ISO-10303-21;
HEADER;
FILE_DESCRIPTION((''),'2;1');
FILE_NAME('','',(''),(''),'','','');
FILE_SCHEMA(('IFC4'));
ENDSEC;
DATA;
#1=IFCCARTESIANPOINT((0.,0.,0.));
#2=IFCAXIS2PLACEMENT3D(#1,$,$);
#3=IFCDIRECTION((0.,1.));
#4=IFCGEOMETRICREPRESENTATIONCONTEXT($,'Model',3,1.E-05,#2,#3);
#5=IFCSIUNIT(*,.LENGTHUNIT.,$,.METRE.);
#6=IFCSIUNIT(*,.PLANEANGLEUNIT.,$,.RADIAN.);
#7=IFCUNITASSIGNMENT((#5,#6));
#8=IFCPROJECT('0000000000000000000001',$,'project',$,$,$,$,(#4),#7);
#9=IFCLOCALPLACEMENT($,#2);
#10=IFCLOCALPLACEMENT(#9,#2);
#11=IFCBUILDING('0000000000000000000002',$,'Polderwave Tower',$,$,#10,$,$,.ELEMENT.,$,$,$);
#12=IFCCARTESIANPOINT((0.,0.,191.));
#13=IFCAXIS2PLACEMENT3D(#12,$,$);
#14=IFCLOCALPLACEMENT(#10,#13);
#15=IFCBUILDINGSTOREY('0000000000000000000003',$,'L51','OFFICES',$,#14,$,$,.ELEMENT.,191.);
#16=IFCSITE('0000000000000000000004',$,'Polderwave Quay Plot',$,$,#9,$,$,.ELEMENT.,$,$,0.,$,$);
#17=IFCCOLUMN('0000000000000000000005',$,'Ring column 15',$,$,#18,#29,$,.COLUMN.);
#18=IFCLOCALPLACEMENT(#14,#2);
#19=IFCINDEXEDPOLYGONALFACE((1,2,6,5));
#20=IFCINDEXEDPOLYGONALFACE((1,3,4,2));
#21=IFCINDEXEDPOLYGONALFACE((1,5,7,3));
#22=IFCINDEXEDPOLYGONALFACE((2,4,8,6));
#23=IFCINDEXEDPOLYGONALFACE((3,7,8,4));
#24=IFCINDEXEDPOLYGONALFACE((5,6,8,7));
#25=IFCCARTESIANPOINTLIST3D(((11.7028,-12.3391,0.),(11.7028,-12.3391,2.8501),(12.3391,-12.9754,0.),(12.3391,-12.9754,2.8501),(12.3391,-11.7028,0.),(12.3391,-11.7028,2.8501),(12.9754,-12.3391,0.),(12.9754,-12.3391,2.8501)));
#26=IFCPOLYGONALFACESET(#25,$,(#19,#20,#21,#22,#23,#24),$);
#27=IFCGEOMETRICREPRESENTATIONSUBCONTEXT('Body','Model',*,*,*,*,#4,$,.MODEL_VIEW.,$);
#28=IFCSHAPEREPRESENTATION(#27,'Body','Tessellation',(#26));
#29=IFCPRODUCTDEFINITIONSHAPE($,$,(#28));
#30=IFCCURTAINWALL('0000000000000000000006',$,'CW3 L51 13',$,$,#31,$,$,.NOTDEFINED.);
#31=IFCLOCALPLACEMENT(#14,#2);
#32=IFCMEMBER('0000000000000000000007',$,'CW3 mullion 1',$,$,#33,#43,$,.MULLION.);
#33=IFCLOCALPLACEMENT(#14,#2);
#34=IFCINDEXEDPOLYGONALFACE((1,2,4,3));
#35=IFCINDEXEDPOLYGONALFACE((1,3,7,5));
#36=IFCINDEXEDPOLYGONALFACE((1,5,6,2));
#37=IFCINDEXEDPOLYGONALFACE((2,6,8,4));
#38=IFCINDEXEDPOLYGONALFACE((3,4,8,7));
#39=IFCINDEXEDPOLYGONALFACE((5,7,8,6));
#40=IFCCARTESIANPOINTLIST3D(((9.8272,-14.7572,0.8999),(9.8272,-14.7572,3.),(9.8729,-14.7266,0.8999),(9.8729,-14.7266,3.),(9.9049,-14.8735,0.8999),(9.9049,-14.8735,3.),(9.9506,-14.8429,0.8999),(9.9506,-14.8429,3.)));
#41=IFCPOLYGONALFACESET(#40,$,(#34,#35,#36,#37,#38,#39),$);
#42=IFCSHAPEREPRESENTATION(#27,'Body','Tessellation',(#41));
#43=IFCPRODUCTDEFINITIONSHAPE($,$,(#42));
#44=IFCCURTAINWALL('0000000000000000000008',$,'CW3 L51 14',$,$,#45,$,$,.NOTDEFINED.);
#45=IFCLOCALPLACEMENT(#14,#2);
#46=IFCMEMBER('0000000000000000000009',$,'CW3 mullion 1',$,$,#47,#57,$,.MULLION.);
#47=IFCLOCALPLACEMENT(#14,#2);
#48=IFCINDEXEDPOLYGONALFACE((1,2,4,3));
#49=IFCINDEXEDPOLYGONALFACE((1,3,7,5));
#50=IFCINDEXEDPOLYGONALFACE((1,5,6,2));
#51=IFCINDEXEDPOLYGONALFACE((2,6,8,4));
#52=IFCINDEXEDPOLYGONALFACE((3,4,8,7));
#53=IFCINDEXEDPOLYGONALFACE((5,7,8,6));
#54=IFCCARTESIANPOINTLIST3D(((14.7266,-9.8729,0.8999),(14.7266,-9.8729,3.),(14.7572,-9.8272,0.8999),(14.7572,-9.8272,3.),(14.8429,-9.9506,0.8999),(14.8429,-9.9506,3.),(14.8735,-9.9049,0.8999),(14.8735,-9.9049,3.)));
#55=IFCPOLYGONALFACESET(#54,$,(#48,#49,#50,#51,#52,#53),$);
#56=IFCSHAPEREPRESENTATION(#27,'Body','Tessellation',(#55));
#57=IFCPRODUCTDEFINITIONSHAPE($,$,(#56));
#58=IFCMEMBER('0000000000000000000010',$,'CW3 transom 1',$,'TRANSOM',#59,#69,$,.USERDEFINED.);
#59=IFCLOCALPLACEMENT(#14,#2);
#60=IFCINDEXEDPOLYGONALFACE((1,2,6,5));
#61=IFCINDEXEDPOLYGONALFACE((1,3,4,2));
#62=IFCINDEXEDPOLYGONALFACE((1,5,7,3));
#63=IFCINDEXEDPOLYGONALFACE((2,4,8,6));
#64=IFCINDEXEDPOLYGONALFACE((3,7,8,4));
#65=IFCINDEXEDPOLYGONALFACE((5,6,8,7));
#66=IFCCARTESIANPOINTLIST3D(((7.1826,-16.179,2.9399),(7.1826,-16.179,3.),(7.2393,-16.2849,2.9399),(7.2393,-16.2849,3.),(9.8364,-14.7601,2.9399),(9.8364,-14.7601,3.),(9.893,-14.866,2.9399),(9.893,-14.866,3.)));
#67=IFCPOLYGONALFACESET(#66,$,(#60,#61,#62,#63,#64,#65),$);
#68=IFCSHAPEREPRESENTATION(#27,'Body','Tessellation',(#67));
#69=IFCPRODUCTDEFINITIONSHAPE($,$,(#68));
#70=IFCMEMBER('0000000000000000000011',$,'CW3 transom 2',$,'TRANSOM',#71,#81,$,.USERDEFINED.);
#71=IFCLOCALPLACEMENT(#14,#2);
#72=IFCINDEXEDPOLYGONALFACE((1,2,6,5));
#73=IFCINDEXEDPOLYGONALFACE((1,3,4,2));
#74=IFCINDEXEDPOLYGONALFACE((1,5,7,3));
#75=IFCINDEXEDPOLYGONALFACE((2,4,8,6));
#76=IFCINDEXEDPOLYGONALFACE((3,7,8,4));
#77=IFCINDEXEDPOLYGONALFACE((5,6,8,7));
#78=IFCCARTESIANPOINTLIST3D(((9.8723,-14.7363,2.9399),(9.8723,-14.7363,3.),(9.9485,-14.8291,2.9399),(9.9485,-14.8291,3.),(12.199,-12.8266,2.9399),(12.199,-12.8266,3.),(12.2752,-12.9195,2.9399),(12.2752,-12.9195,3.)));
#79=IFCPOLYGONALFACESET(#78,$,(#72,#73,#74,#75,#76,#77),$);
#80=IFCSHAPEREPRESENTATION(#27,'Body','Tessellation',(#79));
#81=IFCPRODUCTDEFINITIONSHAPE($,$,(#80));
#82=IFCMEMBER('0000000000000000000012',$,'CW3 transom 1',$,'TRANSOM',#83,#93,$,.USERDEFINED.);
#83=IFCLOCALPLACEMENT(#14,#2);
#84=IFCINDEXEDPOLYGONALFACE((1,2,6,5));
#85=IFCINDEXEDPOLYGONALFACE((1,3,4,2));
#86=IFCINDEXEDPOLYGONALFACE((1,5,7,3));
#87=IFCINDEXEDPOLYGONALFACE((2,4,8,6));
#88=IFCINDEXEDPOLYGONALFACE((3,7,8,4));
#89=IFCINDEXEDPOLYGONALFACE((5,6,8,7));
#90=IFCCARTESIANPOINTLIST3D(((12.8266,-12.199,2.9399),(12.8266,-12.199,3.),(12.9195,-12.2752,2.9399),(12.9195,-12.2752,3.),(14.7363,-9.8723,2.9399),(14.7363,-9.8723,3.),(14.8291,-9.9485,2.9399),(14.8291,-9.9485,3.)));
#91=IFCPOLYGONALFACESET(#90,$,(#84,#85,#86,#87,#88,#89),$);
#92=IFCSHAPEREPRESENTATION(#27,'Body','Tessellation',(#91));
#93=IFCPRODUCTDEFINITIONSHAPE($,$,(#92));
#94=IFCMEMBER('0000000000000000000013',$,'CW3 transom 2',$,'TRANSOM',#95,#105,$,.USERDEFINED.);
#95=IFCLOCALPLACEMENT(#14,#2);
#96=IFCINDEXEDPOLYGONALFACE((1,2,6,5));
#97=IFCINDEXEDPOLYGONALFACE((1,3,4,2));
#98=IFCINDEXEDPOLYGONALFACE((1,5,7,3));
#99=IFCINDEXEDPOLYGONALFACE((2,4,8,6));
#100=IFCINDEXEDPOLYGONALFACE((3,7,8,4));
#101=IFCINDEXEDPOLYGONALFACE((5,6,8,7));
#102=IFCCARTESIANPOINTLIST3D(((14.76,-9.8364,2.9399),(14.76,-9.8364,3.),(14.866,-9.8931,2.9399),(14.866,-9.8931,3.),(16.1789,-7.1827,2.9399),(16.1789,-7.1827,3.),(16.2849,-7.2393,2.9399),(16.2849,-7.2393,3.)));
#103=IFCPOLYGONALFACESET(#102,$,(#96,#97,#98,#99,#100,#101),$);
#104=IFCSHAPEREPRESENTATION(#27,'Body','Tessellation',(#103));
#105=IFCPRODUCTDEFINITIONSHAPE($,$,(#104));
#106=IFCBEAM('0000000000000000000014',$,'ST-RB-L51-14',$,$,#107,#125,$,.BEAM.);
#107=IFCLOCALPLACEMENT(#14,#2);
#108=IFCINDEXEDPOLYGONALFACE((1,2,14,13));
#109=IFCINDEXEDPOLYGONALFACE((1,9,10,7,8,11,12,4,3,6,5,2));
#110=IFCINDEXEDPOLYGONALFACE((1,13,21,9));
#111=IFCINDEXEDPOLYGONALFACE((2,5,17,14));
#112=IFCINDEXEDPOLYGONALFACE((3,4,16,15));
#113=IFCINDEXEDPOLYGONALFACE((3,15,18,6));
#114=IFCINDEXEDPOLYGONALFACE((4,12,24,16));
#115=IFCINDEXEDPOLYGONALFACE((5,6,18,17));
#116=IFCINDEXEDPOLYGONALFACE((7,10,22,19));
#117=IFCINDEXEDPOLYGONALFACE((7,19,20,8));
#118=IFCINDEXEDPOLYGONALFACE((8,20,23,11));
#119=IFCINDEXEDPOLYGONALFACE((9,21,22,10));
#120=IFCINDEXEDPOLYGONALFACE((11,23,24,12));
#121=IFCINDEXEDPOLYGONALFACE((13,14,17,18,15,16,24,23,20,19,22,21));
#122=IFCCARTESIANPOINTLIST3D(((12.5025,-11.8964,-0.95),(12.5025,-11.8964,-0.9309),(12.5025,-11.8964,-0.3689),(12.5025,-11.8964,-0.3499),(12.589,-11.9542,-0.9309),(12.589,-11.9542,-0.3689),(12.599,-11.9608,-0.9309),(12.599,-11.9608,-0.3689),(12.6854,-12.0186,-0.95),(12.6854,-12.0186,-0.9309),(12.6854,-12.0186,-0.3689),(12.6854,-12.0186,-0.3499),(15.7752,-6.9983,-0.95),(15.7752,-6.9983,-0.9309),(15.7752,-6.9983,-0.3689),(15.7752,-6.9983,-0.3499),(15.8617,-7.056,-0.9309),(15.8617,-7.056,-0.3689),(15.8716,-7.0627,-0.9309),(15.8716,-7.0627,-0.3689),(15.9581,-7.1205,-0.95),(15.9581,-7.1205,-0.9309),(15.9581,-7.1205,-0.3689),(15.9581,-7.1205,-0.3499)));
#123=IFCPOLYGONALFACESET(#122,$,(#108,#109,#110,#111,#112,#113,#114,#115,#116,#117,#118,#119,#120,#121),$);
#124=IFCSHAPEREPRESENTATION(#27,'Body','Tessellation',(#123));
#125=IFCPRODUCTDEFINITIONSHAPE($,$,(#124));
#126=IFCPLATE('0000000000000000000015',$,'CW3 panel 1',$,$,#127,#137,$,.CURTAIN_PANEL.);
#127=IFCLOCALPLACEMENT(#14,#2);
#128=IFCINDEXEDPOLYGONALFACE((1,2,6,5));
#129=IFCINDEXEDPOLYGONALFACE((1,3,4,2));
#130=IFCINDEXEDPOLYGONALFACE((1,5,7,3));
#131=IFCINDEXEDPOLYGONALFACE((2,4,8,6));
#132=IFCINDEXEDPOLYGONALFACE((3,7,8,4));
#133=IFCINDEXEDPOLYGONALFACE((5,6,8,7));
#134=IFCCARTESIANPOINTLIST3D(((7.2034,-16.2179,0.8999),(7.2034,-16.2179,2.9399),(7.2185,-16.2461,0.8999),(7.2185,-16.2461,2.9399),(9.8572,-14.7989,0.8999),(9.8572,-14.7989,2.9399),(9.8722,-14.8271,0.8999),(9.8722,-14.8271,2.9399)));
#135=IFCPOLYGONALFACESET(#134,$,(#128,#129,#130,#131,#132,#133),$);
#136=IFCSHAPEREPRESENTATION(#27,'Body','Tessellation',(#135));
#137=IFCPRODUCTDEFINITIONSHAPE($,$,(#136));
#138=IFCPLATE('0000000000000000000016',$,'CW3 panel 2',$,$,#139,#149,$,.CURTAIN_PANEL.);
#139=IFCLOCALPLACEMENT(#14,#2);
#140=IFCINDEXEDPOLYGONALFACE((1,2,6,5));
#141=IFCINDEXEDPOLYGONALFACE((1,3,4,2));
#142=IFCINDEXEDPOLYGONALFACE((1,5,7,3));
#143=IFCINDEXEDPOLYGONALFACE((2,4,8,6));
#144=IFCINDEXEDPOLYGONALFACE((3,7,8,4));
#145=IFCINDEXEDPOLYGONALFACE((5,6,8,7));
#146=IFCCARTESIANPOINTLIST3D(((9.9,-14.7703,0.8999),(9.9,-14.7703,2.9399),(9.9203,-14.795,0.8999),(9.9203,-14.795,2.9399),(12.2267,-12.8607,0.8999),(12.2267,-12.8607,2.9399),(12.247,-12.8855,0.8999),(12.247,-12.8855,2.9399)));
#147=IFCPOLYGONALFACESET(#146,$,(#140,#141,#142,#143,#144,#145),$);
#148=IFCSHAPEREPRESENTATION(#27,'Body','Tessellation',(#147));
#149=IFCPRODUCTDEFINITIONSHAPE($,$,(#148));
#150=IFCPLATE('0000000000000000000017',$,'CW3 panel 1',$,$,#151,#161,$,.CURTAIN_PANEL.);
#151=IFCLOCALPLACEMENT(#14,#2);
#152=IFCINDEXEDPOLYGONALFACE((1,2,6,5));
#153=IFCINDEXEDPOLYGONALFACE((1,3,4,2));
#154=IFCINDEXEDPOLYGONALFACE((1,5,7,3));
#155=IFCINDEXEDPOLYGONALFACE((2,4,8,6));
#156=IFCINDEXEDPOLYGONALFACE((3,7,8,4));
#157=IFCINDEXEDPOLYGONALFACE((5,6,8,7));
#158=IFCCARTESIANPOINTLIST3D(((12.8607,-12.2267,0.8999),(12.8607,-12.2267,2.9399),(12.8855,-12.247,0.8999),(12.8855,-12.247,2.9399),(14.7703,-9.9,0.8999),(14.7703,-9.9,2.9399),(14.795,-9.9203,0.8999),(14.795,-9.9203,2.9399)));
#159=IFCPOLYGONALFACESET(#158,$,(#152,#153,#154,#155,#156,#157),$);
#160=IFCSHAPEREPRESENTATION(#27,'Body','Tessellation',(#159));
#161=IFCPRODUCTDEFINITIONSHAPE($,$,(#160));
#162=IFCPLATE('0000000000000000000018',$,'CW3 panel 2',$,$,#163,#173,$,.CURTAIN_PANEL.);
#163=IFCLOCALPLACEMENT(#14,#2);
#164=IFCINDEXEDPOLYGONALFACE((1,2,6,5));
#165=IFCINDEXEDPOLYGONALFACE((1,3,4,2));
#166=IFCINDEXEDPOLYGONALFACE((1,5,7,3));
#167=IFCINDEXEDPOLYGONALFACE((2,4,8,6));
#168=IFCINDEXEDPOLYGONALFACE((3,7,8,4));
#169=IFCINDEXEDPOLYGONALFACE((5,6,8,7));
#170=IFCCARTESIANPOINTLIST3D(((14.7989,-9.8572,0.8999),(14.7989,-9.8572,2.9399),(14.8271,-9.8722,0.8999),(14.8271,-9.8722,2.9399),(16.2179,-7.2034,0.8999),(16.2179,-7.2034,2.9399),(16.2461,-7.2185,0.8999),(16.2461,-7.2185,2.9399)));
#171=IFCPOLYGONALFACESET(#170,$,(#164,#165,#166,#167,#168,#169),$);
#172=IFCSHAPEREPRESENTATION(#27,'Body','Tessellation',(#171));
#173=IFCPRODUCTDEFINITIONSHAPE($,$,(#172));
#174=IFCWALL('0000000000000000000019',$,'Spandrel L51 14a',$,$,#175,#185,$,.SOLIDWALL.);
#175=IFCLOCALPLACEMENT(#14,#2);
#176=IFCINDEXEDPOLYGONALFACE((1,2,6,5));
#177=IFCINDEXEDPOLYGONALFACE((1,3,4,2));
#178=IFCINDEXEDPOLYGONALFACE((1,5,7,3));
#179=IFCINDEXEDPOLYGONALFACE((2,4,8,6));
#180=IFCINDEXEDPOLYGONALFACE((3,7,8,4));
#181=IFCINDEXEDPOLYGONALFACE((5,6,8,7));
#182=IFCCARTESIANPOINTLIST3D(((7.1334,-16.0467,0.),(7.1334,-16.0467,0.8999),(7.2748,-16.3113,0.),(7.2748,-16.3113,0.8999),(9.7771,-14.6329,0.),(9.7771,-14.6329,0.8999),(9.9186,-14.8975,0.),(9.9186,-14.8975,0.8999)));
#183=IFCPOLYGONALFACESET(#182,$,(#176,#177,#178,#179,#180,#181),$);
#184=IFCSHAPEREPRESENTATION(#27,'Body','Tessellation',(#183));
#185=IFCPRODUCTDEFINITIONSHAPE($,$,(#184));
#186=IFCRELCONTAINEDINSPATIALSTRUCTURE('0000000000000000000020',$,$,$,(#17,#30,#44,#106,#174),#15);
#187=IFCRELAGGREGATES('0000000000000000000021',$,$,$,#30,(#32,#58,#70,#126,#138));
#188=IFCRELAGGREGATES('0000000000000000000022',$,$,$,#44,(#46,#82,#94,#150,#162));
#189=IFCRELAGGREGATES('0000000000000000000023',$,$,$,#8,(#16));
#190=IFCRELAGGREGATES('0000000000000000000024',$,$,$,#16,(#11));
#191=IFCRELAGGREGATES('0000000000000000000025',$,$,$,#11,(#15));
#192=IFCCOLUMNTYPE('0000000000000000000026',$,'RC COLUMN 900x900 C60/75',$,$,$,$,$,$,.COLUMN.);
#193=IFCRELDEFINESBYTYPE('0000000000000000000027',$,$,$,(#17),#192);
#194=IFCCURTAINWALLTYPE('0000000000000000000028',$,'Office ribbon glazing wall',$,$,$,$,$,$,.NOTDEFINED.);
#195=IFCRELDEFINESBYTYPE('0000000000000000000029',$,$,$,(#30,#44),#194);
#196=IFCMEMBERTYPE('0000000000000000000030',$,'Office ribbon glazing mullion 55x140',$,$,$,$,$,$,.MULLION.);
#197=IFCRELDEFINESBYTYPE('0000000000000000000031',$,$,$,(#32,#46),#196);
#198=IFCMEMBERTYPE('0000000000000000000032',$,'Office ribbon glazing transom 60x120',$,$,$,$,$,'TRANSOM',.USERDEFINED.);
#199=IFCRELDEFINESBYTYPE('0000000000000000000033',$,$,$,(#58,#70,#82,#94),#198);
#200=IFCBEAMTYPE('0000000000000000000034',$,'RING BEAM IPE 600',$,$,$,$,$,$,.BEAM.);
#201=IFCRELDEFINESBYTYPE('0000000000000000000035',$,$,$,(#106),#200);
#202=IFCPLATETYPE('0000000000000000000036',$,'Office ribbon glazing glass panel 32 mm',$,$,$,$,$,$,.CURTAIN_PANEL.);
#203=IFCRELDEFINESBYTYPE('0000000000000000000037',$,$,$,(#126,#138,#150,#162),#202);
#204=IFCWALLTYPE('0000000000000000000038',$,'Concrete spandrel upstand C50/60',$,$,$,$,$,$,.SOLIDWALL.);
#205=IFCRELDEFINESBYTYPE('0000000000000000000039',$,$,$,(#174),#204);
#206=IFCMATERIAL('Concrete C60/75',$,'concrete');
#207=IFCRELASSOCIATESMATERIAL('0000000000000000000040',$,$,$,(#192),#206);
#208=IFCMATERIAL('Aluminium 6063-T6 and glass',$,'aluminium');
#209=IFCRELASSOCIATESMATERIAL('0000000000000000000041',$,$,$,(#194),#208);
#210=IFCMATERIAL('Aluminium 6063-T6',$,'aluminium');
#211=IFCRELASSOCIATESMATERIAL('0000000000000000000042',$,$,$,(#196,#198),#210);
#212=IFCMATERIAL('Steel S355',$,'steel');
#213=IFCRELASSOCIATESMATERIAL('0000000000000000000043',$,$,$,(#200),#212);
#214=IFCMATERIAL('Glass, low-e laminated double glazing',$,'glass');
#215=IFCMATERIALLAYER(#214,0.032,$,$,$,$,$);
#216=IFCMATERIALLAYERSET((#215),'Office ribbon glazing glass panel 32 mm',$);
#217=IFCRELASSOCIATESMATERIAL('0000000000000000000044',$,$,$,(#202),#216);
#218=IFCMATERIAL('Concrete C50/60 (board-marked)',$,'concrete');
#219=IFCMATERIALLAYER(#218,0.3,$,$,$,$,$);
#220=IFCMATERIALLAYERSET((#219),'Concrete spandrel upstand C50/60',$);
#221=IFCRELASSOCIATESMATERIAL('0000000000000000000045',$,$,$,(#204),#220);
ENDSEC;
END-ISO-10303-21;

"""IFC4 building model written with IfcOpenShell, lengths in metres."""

from ifc_helpers import new_model, si_unit, direction, frame, frame_2d, origin, origin_2d, place, context, subcontext, project, spatial, rectangle, i_section, extrude, material, layer, layer_set, material_profile, profile_set, type_object, element, aggregate, save


model = new_model("IFC4")

# Units and contexts
model_context = context("Model", 3, precision=1e-05, world=origin(), true_north=direction((0.0, 1.0)))
body_context = subcontext(model_context, "Body", "Model", "MODEL_VIEW")
ifc_project = project(units=[si_unit("LENGTHUNIT", "METRE"), si_unit("PLANEANGLEUNIT", "RADIAN")], contexts=[model_context])

# Site, building, storey
site_placement = place(None, origin())
site = spatial("IfcSite", under=ifc_project, at=site_placement, Name="Polderwave Quay Plot", CompositionType="ELEMENT", RefElevation=0.0)
building_placement = place(site_placement, origin())
building = spatial("IfcBuilding", under=site, at=building_placement, Name="Polderwave Tower", CompositionType="ELEMENT")
storey_placement = place(building_placement, frame((0.0, 0.0, 191.0)))
storey = spatial("IfcBuildingStorey", under=building, at=storey_placement, Name="L51", Description="OFFICES", CompositionType="ELEMENT", Elevation=191.0)

# Column
ifc_material_1 = material(Name="Concrete C60/75", Category="concrete")
ifc_material_profile_1 = material_profile(ifc_material_1, rectangle(XDim=0.8999, YDim=0.8999, at=origin_2d()), Name="RC 900x900")
ifc_profile_set_1 = profile_set([ifc_material_profile_1], Name="Concrete C60/75")
column_type = type_object("IfcColumnType", Name="RC COLUMN 900x900 C60/75", PredefinedType="COLUMN", material=ifc_profile_set_1)
column_placement = place(storey_placement, frame((12.3391, -12.3391, 0.0), z_axis=(0.0, 0.0, 1.0), x_axis=(0.707107, -0.707107, 0.0)))
element("IfcColumn", 1, at=column_placement, inside=storey, type_object=column_type, Name="Ring column 15", PredefinedType="COLUMN", context=body_context, shape_type="SweptSolid", body=[
    extrude(rectangle(XDim=0.8999, YDim=0.8999, at=origin_2d()), origin(), (0.0, 0.0, 1.0), 2.8501),
])

# Curtain walls, members
ifc_material_2 = material(Name="Aluminium 6063-T6 and glass", Category="aluminium")
curtain_wall_type = type_object("IfcCurtainWallType", Name="Office ribbon glazing wall", PredefinedType="NOTDEFINED", material=ifc_material_2)
curtain_wall_1_placement = place(storey_placement, origin())
curtain_wall_1 = element("IfcCurtainWall", 2, at=curtain_wall_1_placement, inside=storey, type_object=curtain_wall_type, Name="CW3 L51 13", PredefinedType="NOTDEFINED")
ifc_material_3 = material(Name="Aluminium 6063-T6", Category="aluminium")
ifc_material_profile_2 = material_profile(ifc_material_3, rectangle(XDim=0.1399, YDim=0.0549, at=origin_2d()), Name="AL 55x140")
ifc_profile_set_2 = profile_set([ifc_material_profile_2], Name="Aluminium 6063-T6")
member_type_1 = type_object("IfcMemberType", Name="Office ribbon glazing mullion 55x140", PredefinedType="MULLION", material=ifc_profile_set_2)
member_1_placement = place(storey_placement, frame((9.8889, -14.8, 0.8999), z_axis=(0.0, 0.0, 1.0), x_axis=(-0.555646, 0.831419, 0.0)))
member_1 = element("IfcMember", 3, at=member_1_placement, type_object=member_type_1, Name="CW3 mullion 1", PredefinedType="MULLION", context=body_context, shape_type="SweptSolid", body=[
    extrude(rectangle(XDim=0.1399, YDim=0.0549, at=origin_2d()), origin(), (0.0, 0.0, 1.0), 2.1001),
])
curtain_wall_2_placement = place(storey_placement, origin())
curtain_wall_2 = element("IfcCurtainWall", 4, at=curtain_wall_2_placement, inside=storey, type_object=curtain_wall_type, Name="CW3 L51 14", PredefinedType="NOTDEFINED")
member_2_placement = place(storey_placement, frame((14.8, -9.8889, 0.8999), z_axis=(0.0, 0.0, 1.0), x_axis=(-0.831419, 0.555646, 0.0)))
member_2 = element("IfcMember", 5, at=member_2_placement, type_object=member_type_1, Name="CW3 mullion 1", PredefinedType="MULLION", context=body_context, shape_type="SweptSolid", body=[
    extrude(rectangle(XDim=0.1399, YDim=0.0549, at=origin_2d()), origin(), (0.0, 0.0, 1.0), 2.1001),
])

# Members
ifc_material_profile_3 = material_profile(ifc_material_3, rectangle(XDim=0.1201, YDim=0.0601, at=origin_2d()), Name="AL 60x120")
ifc_profile_set_3 = profile_set([ifc_material_profile_3], Name="Aluminium 6063-T6")
member_type_2 = type_object("IfcMemberType", Name="Office ribbon glazing transom 60x120", ElementType="TRANSOM", PredefinedType="USERDEFINED", material=ifc_profile_set_3)
member_3_placement = place(storey_placement, frame((7.2109, -16.2319, 2.97), z_axis=(0.881858, 0.471514, 0.0), x_axis=(-0.471514, 0.881858, 0.0)))
member_3 = element("IfcMember", 6, at=member_3_placement, type_object=member_type_2, Name="CW3 transom 1", ObjectType="TRANSOM", PredefinedType="USERDEFINED", context=body_context, shape_type="SweptSolid", body=[
    extrude(rectangle(XDim=0.1201, YDim=0.0601, at=origin_2d()), origin(), (0.0, 0.0, 1.0), 3.0093),
])
member_4_placement = place(storey_placement, frame((9.9104, -14.7827, 2.97), z_axis=(0.772973, 0.634438, 0.0), x_axis=(-0.634438, 0.772973, 0.0)))
member_4 = element("IfcMember", 7, at=member_4_placement, type_object=member_type_2, Name="CW3 transom 2", ObjectType="TRANSOM", PredefinedType="USERDEFINED", context=body_context, shape_type="SweptSolid", body=[
    extrude(rectangle(XDim=0.1201, YDim=0.0601, at=origin_2d()), origin(), (0.0, 0.0, 1.0), 3.01),
])
member_5_placement = place(storey_placement, frame((12.873, -12.2371, 2.97), z_axis=(0.634438, 0.772973, 0.0), x_axis=(-0.772973, 0.634438, 0.0)))
member_5 = element("IfcMember", 8, at=member_5_placement, type_object=member_type_2, Name="CW3 transom 1", ObjectType="TRANSOM", PredefinedType="USERDEFINED", context=body_context, shape_type="SweptSolid", body=[
    extrude(rectangle(XDim=0.1201, YDim=0.0601, at=origin_2d()), origin(), (0.0, 0.0, 1.0), 3.01),
])
member_6_placement = place(storey_placement, frame((14.813, -9.8647, 2.97), z_axis=(0.471514, 0.881858, 0.0), x_axis=(-0.881858, 0.471514, 0.0)))
member_6 = element("IfcMember", 9, at=member_6_placement, type_object=member_type_2, Name="CW3 transom 2", ObjectType="TRANSOM", PredefinedType="USERDEFINED", context=body_context, shape_type="SweptSolid", body=[
    extrude(rectangle(XDim=0.1201, YDim=0.0601, at=origin_2d()), origin(), (0.0, 0.0, 1.0), 3.0093),
])

# Beam
ifc_material_4 = material(Name="Steel S355", Category="steel")
ifc_material_profile_4 = material_profile(ifc_material_4, i_section(OverallWidth=0.22, OverallDepth=0.6001, WebThickness=0.012, FlangeThickness=0.019, at=origin_2d()), Name="IPE 600")
ifc_profile_set_4 = profile_set([ifc_material_profile_4], Name="Steel S355")
beam_type = type_object("IfcBeamType", Name="RING BEAM IPE 600", PredefinedType="BEAM", material=ifc_profile_set_4)
beam_placement = place(storey_placement, frame((12.594, -11.9575, -0.6499), z_axis=(0.555551, 0.831482, 0.0), x_axis=(-0.831482, 0.555551, 0.0)))
element("IfcBeam", 10, at=beam_placement, inside=storey, type_object=beam_type, Name="ST-RB-L51-14", PredefinedType="BEAM", context=body_context, shape_type="SweptSolid", body=[
    extrude(i_section(OverallWidth=0.22, OverallDepth=0.6001, WebThickness=0.012, FlangeThickness=0.019, at=origin_2d()), origin(), (0.0, 0.0, 1.0), 5.8909),
])

# Plates
ifc_material_5 = material(Name="Glass, low-e laminated double glazing", Category="glass")
ifc_layer_1 = layer(ifc_material_5, 0.032)
ifc_layer_set_1 = layer_set([ifc_layer_1], Name="Office ribbon glazing glass panel 32 mm")
plate_type = type_object("IfcPlateType", Name="Office ribbon glazing glass panel 32 mm", PredefinedType="CURTAIN_PANEL", material=ifc_layer_set_1)
plate_1_placement = place(storey_placement, frame((8.5378, -15.5225, 0.8999), z_axis=(0.0, 0.0, 1.0), x_axis=(0.881842, 0.471544, 0.0)))
plate_1 = element("IfcPlate", 11, at=plate_1_placement, type_object=plate_type, Name="CW3 panel 1", PredefinedType="CURTAIN_PANEL", context=body_context, shape_type="SweptSolid", body=[
    extrude(rectangle(XDim=3.0093, YDim=0.032, at=origin_2d()), origin(), (0.0, 0.0, 1.0), 2.04),
])
plate_2_placement = place(storey_placement, frame((11.0735, -13.8279, 0.8999), z_axis=(0.0, 0.0, 1.0), x_axis=(0.773003, 0.634403, 0.0)))
plate_2 = element("IfcPlate", 12, at=plate_2_placement, type_object=plate_type, Name="CW3 panel 2", PredefinedType="CURTAIN_PANEL", context=body_context, shape_type="SweptSolid", body=[
    extrude(rectangle(XDim=3.01, YDim=0.032, at=origin_2d()), origin(), (0.0, 0.0, 1.0), 2.04),
])
aggregate(curtain_wall_1, [member_1, member_3, member_4, plate_1, plate_2])
plate_3_placement = place(storey_placement, frame((13.8279, -11.0735, 0.8999), z_axis=(0.0, 0.0, 1.0), x_axis=(0.634403, 0.773003, 0.0)))
plate_3 = element("IfcPlate", 13, at=plate_3_placement, type_object=plate_type, Name="CW3 panel 1", PredefinedType="CURTAIN_PANEL", context=body_context, shape_type="SweptSolid", body=[
    extrude(rectangle(XDim=3.01, YDim=0.032, at=origin_2d()), origin(), (0.0, 0.0, 1.0), 2.04),
])
plate_4_placement = place(storey_placement, frame((15.5225, -8.5378, 0.8999), z_axis=(0.0, 0.0, 1.0), x_axis=(0.471544, 0.881842, 0.0)))
plate_4 = element("IfcPlate", 14, at=plate_4_placement, type_object=plate_type, Name="CW3 panel 2", PredefinedType="CURTAIN_PANEL", context=body_context, shape_type="SweptSolid", body=[
    extrude(rectangle(XDim=3.0093, YDim=0.032, at=origin_2d()), origin(), (0.0, 0.0, 1.0), 2.04),
])
aggregate(curtain_wall_2, [member_2, member_5, member_6, plate_3, plate_4])

# Wall
ifc_material_6 = material(Name="Concrete C50/60 (board-marked)", Category="concrete")
ifc_layer_2 = layer(ifc_material_6, 0.3)
ifc_layer_set_2 = layer_set([ifc_layer_2], Name="Concrete spandrel upstand C50/60")
wall_type = type_object("IfcWallType", Name="Concrete spandrel upstand C50/60", PredefinedType="SOLIDWALL", material=ifc_layer_set_2)
wall_1_placement = place(storey_placement, frame((7.2041, -16.179, 0.0), z_axis=(0.0, 0.0, 1.0), x_axis=(0.881827, 0.471573, 0.0)))
element("IfcWall", 15, at=wall_1_placement, inside=storey, type_object=wall_type, Name="Spandrel L51 14a", PredefinedType="SOLIDWALL", context=body_context, shape_type="SweptSolid", body=[
    extrude(rectangle(XDim=2.998, YDim=0.3, at=frame_2d((1.499, 0.0))), origin(), (0.0, 0.0, 1.0), 0.8999),
])

save(model, "model.ifc")
